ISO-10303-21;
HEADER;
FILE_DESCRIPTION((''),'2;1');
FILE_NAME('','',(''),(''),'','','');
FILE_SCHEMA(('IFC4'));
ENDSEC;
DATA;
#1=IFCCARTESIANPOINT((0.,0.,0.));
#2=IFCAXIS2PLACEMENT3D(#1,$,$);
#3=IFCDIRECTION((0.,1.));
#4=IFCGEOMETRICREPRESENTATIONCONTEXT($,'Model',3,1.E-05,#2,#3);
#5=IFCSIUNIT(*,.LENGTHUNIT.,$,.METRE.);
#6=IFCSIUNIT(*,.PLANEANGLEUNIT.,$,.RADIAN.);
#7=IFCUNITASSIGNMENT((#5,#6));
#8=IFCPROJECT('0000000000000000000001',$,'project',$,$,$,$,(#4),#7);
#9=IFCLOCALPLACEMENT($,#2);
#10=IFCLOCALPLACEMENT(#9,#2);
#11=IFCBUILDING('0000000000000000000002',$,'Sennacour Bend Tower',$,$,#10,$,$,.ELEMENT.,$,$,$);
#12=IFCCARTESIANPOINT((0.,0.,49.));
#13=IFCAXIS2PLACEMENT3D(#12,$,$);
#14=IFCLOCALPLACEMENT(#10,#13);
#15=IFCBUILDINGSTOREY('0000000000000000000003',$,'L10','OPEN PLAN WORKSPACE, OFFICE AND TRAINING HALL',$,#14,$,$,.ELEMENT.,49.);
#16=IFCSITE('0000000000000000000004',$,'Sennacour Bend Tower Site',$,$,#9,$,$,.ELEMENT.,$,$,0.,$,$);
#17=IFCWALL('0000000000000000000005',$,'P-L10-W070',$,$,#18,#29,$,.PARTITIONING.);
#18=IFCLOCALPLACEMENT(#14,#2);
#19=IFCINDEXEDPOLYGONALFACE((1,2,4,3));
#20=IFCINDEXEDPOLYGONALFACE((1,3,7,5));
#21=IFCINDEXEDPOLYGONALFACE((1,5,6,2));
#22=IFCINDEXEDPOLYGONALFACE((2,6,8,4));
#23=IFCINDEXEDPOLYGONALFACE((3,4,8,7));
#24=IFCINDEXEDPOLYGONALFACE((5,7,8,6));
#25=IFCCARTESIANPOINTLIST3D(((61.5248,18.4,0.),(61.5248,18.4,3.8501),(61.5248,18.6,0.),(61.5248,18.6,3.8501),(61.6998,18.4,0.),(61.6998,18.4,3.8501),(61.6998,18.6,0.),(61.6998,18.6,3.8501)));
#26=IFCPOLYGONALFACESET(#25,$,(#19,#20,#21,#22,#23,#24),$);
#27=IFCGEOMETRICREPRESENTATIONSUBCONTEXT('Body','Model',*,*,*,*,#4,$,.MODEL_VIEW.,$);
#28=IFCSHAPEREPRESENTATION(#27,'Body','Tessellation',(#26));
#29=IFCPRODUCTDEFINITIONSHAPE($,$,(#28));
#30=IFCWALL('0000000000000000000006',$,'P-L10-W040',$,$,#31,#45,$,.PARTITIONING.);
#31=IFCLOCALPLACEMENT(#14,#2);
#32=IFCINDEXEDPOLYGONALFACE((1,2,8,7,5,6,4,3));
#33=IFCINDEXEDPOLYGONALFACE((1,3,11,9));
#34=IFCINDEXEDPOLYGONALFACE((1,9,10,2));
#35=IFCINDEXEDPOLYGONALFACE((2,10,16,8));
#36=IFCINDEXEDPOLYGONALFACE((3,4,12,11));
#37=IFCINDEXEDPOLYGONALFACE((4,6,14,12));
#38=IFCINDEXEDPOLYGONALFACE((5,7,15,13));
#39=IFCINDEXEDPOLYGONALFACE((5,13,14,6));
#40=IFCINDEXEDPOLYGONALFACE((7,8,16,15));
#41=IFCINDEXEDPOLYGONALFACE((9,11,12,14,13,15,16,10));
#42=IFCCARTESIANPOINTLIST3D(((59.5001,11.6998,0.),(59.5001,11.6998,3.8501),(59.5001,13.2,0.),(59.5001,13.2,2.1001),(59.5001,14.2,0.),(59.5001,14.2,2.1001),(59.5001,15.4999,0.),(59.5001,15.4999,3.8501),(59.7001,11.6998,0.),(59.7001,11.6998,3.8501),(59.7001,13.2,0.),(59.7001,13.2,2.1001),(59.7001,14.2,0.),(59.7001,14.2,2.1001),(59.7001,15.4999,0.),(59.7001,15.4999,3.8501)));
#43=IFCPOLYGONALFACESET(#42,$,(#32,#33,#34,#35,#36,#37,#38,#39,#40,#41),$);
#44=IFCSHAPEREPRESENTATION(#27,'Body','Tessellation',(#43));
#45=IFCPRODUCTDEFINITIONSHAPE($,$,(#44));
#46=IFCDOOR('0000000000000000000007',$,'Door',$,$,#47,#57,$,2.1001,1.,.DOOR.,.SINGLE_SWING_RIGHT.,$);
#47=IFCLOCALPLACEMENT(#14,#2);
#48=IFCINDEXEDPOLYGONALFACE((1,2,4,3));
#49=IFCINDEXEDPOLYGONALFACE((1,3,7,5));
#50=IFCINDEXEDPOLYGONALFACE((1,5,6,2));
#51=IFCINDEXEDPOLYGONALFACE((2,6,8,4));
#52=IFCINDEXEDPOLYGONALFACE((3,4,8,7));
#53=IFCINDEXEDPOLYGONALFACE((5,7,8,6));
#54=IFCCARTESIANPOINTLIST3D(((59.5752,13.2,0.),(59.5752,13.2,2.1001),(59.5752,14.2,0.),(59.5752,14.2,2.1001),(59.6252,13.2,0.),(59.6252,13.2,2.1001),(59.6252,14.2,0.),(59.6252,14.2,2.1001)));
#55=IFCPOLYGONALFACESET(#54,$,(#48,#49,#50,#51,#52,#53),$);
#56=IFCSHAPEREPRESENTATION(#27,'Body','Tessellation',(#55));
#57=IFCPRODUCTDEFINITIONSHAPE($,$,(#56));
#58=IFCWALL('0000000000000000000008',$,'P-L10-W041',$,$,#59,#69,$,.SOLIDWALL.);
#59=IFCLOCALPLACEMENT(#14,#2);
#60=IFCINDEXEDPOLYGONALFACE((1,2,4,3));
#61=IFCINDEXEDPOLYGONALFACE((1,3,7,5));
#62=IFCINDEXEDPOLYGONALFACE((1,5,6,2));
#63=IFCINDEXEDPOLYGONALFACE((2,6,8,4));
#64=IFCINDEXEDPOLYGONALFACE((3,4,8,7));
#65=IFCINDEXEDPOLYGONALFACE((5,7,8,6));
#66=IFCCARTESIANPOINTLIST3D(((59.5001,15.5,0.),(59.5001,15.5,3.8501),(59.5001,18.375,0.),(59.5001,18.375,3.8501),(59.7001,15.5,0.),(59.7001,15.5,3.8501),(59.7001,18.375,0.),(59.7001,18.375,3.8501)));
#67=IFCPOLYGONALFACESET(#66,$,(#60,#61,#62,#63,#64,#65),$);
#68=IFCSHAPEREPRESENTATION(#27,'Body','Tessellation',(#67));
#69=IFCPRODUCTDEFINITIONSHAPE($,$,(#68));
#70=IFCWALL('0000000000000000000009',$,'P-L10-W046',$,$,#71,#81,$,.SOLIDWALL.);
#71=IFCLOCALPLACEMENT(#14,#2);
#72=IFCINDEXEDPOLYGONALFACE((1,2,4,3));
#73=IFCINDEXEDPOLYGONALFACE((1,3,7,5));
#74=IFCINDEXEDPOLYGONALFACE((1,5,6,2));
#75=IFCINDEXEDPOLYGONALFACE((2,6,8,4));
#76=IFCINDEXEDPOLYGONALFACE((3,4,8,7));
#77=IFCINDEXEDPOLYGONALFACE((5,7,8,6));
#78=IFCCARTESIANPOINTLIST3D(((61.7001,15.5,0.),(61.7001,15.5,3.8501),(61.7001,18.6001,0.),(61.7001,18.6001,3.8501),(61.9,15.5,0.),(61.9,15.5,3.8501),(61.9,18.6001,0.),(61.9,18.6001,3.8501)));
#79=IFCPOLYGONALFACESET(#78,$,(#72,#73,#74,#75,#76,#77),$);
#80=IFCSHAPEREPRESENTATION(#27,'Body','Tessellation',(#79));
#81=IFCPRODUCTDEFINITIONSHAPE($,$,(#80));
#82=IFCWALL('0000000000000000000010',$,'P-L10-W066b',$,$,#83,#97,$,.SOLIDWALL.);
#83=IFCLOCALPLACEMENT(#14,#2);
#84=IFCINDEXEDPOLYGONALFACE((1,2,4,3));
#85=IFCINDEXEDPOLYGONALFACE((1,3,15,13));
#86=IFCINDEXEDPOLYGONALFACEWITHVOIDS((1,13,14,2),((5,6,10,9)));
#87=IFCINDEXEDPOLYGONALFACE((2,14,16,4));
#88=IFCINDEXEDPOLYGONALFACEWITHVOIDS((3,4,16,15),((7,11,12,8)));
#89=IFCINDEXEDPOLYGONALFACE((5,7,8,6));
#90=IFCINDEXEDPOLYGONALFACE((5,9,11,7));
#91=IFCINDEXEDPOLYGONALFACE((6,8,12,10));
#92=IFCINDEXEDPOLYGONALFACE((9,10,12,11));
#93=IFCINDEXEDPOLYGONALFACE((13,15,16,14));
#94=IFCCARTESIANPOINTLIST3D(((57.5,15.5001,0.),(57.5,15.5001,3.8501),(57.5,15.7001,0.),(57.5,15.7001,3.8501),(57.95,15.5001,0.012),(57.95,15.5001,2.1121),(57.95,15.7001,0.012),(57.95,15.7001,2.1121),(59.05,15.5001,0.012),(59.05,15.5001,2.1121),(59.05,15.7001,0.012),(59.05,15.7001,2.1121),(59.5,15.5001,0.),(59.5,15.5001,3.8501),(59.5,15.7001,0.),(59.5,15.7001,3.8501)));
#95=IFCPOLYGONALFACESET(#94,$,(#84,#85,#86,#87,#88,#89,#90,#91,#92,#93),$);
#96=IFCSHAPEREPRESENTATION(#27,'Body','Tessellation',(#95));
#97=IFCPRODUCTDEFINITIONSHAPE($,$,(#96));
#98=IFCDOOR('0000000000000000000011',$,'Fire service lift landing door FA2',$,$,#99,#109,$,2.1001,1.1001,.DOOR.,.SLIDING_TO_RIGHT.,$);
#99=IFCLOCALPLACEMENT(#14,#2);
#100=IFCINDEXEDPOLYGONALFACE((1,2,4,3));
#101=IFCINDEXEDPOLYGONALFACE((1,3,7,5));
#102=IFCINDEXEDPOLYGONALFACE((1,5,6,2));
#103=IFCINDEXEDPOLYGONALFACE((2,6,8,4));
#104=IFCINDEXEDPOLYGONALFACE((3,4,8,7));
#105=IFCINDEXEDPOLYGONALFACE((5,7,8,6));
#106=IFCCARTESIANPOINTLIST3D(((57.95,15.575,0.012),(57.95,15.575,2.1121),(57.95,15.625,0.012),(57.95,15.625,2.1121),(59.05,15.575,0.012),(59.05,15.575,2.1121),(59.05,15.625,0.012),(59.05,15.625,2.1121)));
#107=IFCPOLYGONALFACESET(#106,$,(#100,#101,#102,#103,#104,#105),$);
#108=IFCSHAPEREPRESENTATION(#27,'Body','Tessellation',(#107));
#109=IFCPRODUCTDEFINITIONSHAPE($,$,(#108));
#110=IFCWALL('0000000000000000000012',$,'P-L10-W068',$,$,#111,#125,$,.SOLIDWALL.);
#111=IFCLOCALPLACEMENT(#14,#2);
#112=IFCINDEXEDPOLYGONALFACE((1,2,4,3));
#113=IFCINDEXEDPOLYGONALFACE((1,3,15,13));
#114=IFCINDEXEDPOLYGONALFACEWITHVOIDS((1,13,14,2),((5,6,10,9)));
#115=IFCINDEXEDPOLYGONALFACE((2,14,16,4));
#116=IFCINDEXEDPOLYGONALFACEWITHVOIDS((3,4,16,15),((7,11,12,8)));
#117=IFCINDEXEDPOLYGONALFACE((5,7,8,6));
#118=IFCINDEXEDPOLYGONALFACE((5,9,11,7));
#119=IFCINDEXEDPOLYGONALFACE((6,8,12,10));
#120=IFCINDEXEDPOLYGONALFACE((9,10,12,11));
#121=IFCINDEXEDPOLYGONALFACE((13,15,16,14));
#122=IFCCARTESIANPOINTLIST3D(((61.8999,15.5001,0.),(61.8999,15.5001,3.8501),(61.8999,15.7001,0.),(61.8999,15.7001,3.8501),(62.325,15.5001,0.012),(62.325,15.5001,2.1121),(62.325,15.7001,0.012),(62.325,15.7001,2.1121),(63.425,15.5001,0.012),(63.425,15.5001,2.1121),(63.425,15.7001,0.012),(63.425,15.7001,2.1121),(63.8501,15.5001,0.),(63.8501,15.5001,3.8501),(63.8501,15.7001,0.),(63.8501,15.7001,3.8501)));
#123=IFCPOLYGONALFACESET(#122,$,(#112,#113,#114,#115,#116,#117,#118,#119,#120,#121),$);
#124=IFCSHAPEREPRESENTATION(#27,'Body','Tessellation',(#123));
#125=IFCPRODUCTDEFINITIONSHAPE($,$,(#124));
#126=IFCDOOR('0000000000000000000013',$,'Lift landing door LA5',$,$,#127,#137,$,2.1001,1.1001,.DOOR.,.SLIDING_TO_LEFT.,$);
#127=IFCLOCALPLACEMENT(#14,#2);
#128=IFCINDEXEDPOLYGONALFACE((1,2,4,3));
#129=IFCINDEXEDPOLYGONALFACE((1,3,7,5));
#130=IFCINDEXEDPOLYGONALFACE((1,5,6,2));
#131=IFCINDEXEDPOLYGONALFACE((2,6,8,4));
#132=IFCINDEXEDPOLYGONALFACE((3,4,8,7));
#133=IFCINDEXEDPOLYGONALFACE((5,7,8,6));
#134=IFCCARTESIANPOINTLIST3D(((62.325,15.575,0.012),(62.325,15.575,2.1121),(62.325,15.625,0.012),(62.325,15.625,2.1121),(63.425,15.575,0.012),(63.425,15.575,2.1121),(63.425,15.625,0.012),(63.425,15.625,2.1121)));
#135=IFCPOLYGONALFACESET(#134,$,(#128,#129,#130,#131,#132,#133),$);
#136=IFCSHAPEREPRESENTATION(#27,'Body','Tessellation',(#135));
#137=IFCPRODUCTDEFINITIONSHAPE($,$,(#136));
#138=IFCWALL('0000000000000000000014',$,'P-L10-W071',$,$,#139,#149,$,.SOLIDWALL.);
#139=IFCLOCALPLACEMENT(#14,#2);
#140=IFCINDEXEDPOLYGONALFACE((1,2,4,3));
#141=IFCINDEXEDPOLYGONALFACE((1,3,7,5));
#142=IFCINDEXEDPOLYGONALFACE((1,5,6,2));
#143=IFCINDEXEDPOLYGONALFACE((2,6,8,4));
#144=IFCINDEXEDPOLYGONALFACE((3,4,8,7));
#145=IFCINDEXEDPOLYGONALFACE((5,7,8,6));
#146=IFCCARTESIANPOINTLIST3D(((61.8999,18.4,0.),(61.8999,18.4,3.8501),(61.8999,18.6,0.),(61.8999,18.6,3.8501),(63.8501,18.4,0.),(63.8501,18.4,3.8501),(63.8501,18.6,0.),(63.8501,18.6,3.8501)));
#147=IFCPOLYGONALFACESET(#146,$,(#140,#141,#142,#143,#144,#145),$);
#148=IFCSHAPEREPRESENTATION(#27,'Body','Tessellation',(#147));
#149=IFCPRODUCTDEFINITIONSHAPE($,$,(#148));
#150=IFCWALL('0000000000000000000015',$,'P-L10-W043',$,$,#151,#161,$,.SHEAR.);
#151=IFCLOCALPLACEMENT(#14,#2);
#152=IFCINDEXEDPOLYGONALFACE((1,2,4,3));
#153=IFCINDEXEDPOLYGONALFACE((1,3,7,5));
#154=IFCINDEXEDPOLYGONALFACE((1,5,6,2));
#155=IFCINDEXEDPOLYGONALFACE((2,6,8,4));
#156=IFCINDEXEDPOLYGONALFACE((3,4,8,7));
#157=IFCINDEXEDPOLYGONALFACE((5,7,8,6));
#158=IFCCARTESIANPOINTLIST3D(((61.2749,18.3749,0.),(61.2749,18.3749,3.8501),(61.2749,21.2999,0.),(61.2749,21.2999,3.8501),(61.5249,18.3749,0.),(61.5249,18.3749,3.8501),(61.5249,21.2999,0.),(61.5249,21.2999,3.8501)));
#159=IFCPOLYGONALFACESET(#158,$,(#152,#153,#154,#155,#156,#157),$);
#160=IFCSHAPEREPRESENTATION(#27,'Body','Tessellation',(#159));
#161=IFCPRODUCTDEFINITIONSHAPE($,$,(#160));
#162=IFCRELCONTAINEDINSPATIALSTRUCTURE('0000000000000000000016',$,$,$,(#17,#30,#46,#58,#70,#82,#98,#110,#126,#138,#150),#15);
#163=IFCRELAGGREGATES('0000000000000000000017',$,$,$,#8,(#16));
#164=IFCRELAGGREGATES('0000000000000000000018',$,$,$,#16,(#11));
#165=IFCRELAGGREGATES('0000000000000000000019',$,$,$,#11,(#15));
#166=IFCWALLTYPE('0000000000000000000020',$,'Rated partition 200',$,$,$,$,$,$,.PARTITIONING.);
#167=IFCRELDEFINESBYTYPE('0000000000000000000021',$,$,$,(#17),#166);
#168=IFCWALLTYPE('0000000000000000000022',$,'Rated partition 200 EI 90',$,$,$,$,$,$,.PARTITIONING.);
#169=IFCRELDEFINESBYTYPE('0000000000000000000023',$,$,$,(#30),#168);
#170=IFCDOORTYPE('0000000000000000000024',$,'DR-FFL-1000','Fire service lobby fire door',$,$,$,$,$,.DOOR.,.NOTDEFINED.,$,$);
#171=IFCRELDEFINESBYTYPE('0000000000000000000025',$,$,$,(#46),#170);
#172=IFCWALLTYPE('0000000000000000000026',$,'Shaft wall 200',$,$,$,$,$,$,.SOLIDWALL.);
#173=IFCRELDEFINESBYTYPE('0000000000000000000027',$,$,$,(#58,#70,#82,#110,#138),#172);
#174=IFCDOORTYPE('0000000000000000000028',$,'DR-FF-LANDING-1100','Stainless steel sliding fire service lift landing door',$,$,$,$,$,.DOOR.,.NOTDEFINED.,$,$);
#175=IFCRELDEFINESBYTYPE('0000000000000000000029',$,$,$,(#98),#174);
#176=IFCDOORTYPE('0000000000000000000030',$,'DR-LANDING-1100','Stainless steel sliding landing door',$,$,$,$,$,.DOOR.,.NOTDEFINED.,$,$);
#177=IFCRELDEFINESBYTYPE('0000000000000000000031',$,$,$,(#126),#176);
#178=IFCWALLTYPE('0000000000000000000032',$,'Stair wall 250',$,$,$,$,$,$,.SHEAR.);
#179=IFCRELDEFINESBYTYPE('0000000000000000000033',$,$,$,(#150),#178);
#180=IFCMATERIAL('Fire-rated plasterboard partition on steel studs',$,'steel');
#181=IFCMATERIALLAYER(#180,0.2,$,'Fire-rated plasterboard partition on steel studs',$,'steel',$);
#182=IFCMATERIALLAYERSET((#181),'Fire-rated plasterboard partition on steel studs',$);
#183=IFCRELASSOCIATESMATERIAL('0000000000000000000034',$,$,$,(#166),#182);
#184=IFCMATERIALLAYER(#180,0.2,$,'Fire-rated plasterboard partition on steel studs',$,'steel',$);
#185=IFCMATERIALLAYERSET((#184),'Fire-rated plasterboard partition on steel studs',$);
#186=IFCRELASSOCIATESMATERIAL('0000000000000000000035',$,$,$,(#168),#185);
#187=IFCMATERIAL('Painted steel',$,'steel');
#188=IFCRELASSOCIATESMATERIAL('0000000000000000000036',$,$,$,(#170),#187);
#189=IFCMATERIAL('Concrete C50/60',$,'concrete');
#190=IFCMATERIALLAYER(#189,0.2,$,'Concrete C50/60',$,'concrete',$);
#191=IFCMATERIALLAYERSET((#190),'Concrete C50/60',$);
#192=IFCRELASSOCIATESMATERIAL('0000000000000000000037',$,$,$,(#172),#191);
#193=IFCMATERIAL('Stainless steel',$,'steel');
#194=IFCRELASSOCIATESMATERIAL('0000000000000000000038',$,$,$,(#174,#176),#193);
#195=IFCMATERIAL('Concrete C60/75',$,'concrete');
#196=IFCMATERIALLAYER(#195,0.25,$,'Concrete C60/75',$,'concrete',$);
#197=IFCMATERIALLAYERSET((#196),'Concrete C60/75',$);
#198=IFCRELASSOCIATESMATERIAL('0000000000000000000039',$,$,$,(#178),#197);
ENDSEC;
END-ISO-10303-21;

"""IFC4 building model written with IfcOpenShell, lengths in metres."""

from ifc_helpers import new_model, si_unit, direction, frame, frame_2d, origin, place, context, subcontext, project, spatial, rectangle, extrude, material, layer, layer_set, type_object, element, fill, save


model = new_model("IFC4")

# Units and contexts
model_context = context("Model", 3, precision=1e-05, world=origin(), true_north=direction((0.0, 1.0)))
body_context = subcontext(model_context, "Body", "Model", "MODEL_VIEW")
ifc_project = project(units=[si_unit("LENGTHUNIT", "METRE"), si_unit("PLANEANGLEUNIT", "RADIAN")], contexts=[model_context])

# Site, building, storey
site_placement = place(None, origin())
site = spatial("IfcSite", under=ifc_project, at=site_placement, Name="Sennacour Bend Tower Site", CompositionType="ELEMENT", RefElevation=0.0)
building_placement = place(site_placement, origin())
building = spatial("IfcBuilding", under=site, at=building_placement, Name="Sennacour Bend Tower", CompositionType="ELEMENT")
storey_placement = place(building_placement, frame((0.0, 0.0, 49.0)))
storey = spatial("IfcBuildingStorey", under=building, at=storey_placement, Name="L10", Description="OPEN PLAN WORKSPACE, OFFICE AND TRAINING HALL", CompositionType="ELEMENT", Elevation=49.0)

# Shared definitions
ifc_material_1 = material(Name="Fire-rated plasterboard partition on steel studs", Category="steel")
ifc_layer_1 = layer(ifc_material_1, 0.2, Name="Fire-rated plasterboard partition on steel studs", Category="steel")
ifc_layer_set_1 = layer_set([ifc_layer_1], Name="Fire-rated plasterboard partition on steel studs")
wall_type_1 = type_object("IfcWallType", Name="Rated partition 200", PredefinedType="PARTITIONING", material=ifc_layer_set_1)

# Shared definitions
ifc_material_2 = material(Name="Painted steel", Category="steel")

# Wall
wall_1_placement = place(storey_placement, frame((61.5249, 18.5, 0.0), z_axis=(0.0, 0.0, 1.0), x_axis=(1.0, 0.0, 0.0)))
element("IfcWall", 1, at=wall_1_placement, inside=storey, type_object=wall_type_1, Name="P-L10-W070", PredefinedType="PARTITIONING", context=body_context, shape_type="SweptSolid", body=[
    extrude(rectangle(XDim=0.175, YDim=0.2, at=frame_2d((0.0874, 0.0))), origin(), (0.0, 0.0, 1.0), 3.8501),
])

# Wall, opening, door
ifc_layer_2 = layer(ifc_material_1, 0.2, Name="Fire-rated plasterboard partition on steel studs", Category="steel")
ifc_layer_set_2 = layer_set([ifc_layer_2], Name="Fire-rated plasterboard partition on steel studs")
wall_type_2 = type_object("IfcWallType", Name="Rated partition 200 EI 90", PredefinedType="PARTITIONING", material=ifc_layer_set_2)
wall_2_placement = place(storey_placement, frame((59.6001, 11.7, 0.0), z_axis=(0.0, 0.0, 1.0), x_axis=(0.0, 1.0, 0.0)))
wall_2 = element("IfcWall", 2, at=wall_2_placement, inside=storey, type_object=wall_type_2, Name="P-L10-W040", PredefinedType="PARTITIONING", context=body_context, shape_type="SweptSolid", body=[
    extrude(rectangle(XDim=3.8, YDim=0.2, at=frame_2d((1.8999, 0.0))), origin(), (0.0, 0.0, 1.0), 3.8501),
])
opening_1_placement = place(wall_2_placement, frame((1.5, 0.0, 0.0)))
opening_1 = element("IfcOpeningElement", 3, at=opening_1_placement, cuts=wall_2, PredefinedType="OPENING", context=body_context, shape_type="SweptSolid", body=[
    extrude(rectangle(XDim=1.0, YDim=2.1001, at=frame_2d((0.5, 1.05))), frame((0.0, 0.1099, 0.0), z_axis=(0.0, -1.0, 0.0), x_axis=(1.0, 0.0, 0.0)), (0.0, 0.0, 1.0), 0.22),
])
door_type_1 = type_object("IfcDoorType", Name="DR-FFL-1000", Description="Fire service lobby fire door", OperationType="NOTDEFINED", PredefinedType="DOOR", material=ifc_material_2)
door_1_placement = place(opening_1_placement, origin())
door_1 = element("IfcDoor", 4, at=door_1_placement, inside=storey, type_object=door_type_1, Name="Door", OperationType="SINGLE_SWING_RIGHT", OverallHeight=2.1001, OverallWidth=1.0, PredefinedType="DOOR", context=body_context, shape_type="SweptSolid", body=[
    extrude(rectangle(XDim=1.0, YDim=2.1001, at=frame_2d((0.5, 1.05))), frame((0.0, 0.0249, 0.0), z_axis=(0.0, -1.0, 0.0), x_axis=(1.0, 0.0, 0.0)), (0.0, 0.0, 1.0), 0.05),
])
fill(opening_1, door_1)

# Walls
ifc_material_3 = material(Name="Concrete C50/60", Category="concrete")
ifc_layer_3 = layer(ifc_material_3, 0.2, Name="Concrete C50/60", Category="concrete")
ifc_layer_set_3 = layer_set([ifc_layer_3], Name="Concrete C50/60")
wall_type_3 = type_object("IfcWallType", Name="Shaft wall 200", PredefinedType="SOLIDWALL", material=ifc_layer_set_3)
wall_3_placement = place(storey_placement, frame((59.6001, 15.5, 0.0), z_axis=(0.0, 0.0, 1.0), x_axis=(0.0, 1.0, 0.0)))
element("IfcWall", 5, at=wall_3_placement, inside=storey, type_object=wall_type_3, Name="P-L10-W041", PredefinedType="SOLIDWALL", context=body_context, shape_type="SweptSolid", body=[
    extrude(rectangle(XDim=2.875, YDim=0.2, at=frame_2d((1.4375, 0.0))), origin(), (0.0, 0.0, 1.0), 3.8501),
])
wall_4_placement = place(storey_placement, frame((61.8, 15.5, 0.0), z_axis=(0.0, 0.0, 1.0), x_axis=(0.0, 1.0, 0.0)))
element("IfcWall", 6, at=wall_4_placement, inside=storey, type_object=wall_type_3, Name="P-L10-W046", PredefinedType="SOLIDWALL", context=body_context, shape_type="SweptSolid", body=[
    extrude(rectangle(XDim=3.1001, YDim=0.2, at=frame_2d((1.55, 0.0))), origin(), (0.0, 0.0, 1.0), 3.8501),
])

# Walls, openings, doors
wall_5_placement = place(storey_placement, frame((57.5, 15.6001, 0.0), z_axis=(0.0, 0.0, 1.0), x_axis=(1.0, 0.0, 0.0)))
wall_5 = element("IfcWall", 7, at=wall_5_placement, inside=storey, type_object=wall_type_3, Name="P-L10-W066b", PredefinedType="SOLIDWALL", context=body_context, shape_type="SweptSolid", body=[
    extrude(rectangle(XDim=2.0, YDim=0.2, at=frame_2d((1.0, 0.0))), origin(), (0.0, 0.0, 1.0), 3.8501),
])
opening_2_placement = place(wall_5_placement, frame((0.45, 0.0, 0.012)))
opening_2 = element("IfcOpeningElement", 8, at=opening_2_placement, cuts=wall_5, PredefinedType="OPENING", context=body_context, shape_type="SweptSolid", body=[
    extrude(rectangle(XDim=1.1001, YDim=2.1001, at=frame_2d((0.55, 1.05))), frame((0.0, 0.1099, 0.0), z_axis=(0.0, -1.0, 0.0), x_axis=(1.0, 0.0, 0.0)), (0.0, 0.0, 1.0), 0.22),
])
ifc_material_4 = material(Name="Stainless steel", Category="steel")
door_type_2 = type_object("IfcDoorType", Name="DR-FF-LANDING-1100", Description="Stainless steel sliding fire service lift landing door", OperationType="NOTDEFINED", PredefinedType="DOOR", material=ifc_material_4)
door_2_placement = place(opening_2_placement, origin())
door_2 = element("IfcDoor", 9, at=door_2_placement, inside=storey, type_object=door_type_2, Name="Fire service lift landing door FA2", OperationType="SLIDING_TO_RIGHT", OverallHeight=2.1001, OverallWidth=1.1001, PredefinedType="DOOR", context=body_context, shape_type="SweptSolid", body=[
    extrude(rectangle(XDim=1.1001, YDim=2.1001, at=frame_2d((0.55, 1.05))), frame((0.0, 0.0249, 0.0), z_axis=(0.0, -1.0, 0.0), x_axis=(1.0, 0.0, 0.0)), (0.0, 0.0, 1.0), 0.05),
])
fill(opening_2, door_2)
wall_6_placement = place(storey_placement, frame((61.8999, 15.6001, 0.0), z_axis=(0.0, 0.0, 1.0), x_axis=(1.0, 0.0, 0.0)))
wall_6 = element("IfcWall", 10, at=wall_6_placement, inside=storey, type_object=wall_type_3, Name="P-L10-W068", PredefinedType="SOLIDWALL", context=body_context, shape_type="SweptSolid", body=[
    extrude(rectangle(XDim=1.9502, YDim=0.2, at=frame_2d((0.9751, 0.0))), origin(), (0.0, 0.0, 1.0), 3.8501),
])
opening_3_placement = place(wall_6_placement, frame((0.425, 0.0, 0.012)))
opening_3 = element("IfcOpeningElement", 11, at=opening_3_placement, cuts=wall_6, PredefinedType="OPENING", context=body_context, shape_type="SweptSolid", body=[
    extrude(rectangle(XDim=1.1001, YDim=2.1001, at=frame_2d((0.55, 1.05))), frame((0.0, 0.1099, 0.0), z_axis=(0.0, -1.0, 0.0), x_axis=(1.0, 0.0, 0.0)), (0.0, 0.0, 1.0), 0.22),
])
door_type_3 = type_object("IfcDoorType", Name="DR-LANDING-1100", Description="Stainless steel sliding landing door", OperationType="NOTDEFINED", PredefinedType="DOOR", material=ifc_material_4)
door_3_placement = place(opening_3_placement, origin())
door_3 = element("IfcDoor", 12, at=door_3_placement, inside=storey, type_object=door_type_3, Name="Lift landing door LA5", OperationType="SLIDING_TO_LEFT", OverallHeight=2.1001, OverallWidth=1.1001, PredefinedType="DOOR", context=body_context, shape_type="SweptSolid", body=[
    extrude(rectangle(XDim=1.1001, YDim=2.1001, at=frame_2d((0.55, 1.05))), frame((0.0, 0.0249, 0.0), z_axis=(0.0, -1.0, 0.0), x_axis=(1.0, 0.0, 0.0)), (0.0, 0.0, 1.0), 0.05),
])
fill(opening_3, door_3)

# Walls
wall_7_placement = place(storey_placement, frame((61.8999, 18.5, 0.0), z_axis=(0.0, 0.0, 1.0), x_axis=(1.0, 0.0, 0.0)))
element("IfcWall", 13, at=wall_7_placement, inside=storey, type_object=wall_type_3, Name="P-L10-W071", PredefinedType="SOLIDWALL", context=body_context, shape_type="SweptSolid", body=[
    extrude(rectangle(XDim=1.9502, YDim=0.2, at=frame_2d((0.9751, 0.0))), origin(), (0.0, 0.0, 1.0), 3.8501),
])
ifc_material_5 = material(Name="Concrete C60/75", Category="concrete")
ifc_layer_4 = layer(ifc_material_5, 0.25, Name="Concrete C60/75", Category="concrete")
ifc_layer_set_4 = layer_set([ifc_layer_4], Name="Concrete C60/75")
wall_type_4 = type_object("IfcWallType", Name="Stair wall 250", PredefinedType="SHEAR", material=ifc_layer_set_4)
wall_8_placement = place(storey_placement, frame((61.3999, 18.375, 0.0), z_axis=(0.0, 0.0, 1.0), x_axis=(0.0, 1.0, 0.0)))
element("IfcWall", 14, at=wall_8_placement, inside=storey, type_object=wall_type_4, Name="P-L10-W043", PredefinedType="SHEAR", context=body_context, shape_type="SweptSolid", body=[
    extrude(rectangle(XDim=2.925, YDim=0.25, at=frame_2d((1.4624, 0.0))), origin(), (0.0, 0.0, 1.0), 3.8501),
])

save(model, "model.ifc")
